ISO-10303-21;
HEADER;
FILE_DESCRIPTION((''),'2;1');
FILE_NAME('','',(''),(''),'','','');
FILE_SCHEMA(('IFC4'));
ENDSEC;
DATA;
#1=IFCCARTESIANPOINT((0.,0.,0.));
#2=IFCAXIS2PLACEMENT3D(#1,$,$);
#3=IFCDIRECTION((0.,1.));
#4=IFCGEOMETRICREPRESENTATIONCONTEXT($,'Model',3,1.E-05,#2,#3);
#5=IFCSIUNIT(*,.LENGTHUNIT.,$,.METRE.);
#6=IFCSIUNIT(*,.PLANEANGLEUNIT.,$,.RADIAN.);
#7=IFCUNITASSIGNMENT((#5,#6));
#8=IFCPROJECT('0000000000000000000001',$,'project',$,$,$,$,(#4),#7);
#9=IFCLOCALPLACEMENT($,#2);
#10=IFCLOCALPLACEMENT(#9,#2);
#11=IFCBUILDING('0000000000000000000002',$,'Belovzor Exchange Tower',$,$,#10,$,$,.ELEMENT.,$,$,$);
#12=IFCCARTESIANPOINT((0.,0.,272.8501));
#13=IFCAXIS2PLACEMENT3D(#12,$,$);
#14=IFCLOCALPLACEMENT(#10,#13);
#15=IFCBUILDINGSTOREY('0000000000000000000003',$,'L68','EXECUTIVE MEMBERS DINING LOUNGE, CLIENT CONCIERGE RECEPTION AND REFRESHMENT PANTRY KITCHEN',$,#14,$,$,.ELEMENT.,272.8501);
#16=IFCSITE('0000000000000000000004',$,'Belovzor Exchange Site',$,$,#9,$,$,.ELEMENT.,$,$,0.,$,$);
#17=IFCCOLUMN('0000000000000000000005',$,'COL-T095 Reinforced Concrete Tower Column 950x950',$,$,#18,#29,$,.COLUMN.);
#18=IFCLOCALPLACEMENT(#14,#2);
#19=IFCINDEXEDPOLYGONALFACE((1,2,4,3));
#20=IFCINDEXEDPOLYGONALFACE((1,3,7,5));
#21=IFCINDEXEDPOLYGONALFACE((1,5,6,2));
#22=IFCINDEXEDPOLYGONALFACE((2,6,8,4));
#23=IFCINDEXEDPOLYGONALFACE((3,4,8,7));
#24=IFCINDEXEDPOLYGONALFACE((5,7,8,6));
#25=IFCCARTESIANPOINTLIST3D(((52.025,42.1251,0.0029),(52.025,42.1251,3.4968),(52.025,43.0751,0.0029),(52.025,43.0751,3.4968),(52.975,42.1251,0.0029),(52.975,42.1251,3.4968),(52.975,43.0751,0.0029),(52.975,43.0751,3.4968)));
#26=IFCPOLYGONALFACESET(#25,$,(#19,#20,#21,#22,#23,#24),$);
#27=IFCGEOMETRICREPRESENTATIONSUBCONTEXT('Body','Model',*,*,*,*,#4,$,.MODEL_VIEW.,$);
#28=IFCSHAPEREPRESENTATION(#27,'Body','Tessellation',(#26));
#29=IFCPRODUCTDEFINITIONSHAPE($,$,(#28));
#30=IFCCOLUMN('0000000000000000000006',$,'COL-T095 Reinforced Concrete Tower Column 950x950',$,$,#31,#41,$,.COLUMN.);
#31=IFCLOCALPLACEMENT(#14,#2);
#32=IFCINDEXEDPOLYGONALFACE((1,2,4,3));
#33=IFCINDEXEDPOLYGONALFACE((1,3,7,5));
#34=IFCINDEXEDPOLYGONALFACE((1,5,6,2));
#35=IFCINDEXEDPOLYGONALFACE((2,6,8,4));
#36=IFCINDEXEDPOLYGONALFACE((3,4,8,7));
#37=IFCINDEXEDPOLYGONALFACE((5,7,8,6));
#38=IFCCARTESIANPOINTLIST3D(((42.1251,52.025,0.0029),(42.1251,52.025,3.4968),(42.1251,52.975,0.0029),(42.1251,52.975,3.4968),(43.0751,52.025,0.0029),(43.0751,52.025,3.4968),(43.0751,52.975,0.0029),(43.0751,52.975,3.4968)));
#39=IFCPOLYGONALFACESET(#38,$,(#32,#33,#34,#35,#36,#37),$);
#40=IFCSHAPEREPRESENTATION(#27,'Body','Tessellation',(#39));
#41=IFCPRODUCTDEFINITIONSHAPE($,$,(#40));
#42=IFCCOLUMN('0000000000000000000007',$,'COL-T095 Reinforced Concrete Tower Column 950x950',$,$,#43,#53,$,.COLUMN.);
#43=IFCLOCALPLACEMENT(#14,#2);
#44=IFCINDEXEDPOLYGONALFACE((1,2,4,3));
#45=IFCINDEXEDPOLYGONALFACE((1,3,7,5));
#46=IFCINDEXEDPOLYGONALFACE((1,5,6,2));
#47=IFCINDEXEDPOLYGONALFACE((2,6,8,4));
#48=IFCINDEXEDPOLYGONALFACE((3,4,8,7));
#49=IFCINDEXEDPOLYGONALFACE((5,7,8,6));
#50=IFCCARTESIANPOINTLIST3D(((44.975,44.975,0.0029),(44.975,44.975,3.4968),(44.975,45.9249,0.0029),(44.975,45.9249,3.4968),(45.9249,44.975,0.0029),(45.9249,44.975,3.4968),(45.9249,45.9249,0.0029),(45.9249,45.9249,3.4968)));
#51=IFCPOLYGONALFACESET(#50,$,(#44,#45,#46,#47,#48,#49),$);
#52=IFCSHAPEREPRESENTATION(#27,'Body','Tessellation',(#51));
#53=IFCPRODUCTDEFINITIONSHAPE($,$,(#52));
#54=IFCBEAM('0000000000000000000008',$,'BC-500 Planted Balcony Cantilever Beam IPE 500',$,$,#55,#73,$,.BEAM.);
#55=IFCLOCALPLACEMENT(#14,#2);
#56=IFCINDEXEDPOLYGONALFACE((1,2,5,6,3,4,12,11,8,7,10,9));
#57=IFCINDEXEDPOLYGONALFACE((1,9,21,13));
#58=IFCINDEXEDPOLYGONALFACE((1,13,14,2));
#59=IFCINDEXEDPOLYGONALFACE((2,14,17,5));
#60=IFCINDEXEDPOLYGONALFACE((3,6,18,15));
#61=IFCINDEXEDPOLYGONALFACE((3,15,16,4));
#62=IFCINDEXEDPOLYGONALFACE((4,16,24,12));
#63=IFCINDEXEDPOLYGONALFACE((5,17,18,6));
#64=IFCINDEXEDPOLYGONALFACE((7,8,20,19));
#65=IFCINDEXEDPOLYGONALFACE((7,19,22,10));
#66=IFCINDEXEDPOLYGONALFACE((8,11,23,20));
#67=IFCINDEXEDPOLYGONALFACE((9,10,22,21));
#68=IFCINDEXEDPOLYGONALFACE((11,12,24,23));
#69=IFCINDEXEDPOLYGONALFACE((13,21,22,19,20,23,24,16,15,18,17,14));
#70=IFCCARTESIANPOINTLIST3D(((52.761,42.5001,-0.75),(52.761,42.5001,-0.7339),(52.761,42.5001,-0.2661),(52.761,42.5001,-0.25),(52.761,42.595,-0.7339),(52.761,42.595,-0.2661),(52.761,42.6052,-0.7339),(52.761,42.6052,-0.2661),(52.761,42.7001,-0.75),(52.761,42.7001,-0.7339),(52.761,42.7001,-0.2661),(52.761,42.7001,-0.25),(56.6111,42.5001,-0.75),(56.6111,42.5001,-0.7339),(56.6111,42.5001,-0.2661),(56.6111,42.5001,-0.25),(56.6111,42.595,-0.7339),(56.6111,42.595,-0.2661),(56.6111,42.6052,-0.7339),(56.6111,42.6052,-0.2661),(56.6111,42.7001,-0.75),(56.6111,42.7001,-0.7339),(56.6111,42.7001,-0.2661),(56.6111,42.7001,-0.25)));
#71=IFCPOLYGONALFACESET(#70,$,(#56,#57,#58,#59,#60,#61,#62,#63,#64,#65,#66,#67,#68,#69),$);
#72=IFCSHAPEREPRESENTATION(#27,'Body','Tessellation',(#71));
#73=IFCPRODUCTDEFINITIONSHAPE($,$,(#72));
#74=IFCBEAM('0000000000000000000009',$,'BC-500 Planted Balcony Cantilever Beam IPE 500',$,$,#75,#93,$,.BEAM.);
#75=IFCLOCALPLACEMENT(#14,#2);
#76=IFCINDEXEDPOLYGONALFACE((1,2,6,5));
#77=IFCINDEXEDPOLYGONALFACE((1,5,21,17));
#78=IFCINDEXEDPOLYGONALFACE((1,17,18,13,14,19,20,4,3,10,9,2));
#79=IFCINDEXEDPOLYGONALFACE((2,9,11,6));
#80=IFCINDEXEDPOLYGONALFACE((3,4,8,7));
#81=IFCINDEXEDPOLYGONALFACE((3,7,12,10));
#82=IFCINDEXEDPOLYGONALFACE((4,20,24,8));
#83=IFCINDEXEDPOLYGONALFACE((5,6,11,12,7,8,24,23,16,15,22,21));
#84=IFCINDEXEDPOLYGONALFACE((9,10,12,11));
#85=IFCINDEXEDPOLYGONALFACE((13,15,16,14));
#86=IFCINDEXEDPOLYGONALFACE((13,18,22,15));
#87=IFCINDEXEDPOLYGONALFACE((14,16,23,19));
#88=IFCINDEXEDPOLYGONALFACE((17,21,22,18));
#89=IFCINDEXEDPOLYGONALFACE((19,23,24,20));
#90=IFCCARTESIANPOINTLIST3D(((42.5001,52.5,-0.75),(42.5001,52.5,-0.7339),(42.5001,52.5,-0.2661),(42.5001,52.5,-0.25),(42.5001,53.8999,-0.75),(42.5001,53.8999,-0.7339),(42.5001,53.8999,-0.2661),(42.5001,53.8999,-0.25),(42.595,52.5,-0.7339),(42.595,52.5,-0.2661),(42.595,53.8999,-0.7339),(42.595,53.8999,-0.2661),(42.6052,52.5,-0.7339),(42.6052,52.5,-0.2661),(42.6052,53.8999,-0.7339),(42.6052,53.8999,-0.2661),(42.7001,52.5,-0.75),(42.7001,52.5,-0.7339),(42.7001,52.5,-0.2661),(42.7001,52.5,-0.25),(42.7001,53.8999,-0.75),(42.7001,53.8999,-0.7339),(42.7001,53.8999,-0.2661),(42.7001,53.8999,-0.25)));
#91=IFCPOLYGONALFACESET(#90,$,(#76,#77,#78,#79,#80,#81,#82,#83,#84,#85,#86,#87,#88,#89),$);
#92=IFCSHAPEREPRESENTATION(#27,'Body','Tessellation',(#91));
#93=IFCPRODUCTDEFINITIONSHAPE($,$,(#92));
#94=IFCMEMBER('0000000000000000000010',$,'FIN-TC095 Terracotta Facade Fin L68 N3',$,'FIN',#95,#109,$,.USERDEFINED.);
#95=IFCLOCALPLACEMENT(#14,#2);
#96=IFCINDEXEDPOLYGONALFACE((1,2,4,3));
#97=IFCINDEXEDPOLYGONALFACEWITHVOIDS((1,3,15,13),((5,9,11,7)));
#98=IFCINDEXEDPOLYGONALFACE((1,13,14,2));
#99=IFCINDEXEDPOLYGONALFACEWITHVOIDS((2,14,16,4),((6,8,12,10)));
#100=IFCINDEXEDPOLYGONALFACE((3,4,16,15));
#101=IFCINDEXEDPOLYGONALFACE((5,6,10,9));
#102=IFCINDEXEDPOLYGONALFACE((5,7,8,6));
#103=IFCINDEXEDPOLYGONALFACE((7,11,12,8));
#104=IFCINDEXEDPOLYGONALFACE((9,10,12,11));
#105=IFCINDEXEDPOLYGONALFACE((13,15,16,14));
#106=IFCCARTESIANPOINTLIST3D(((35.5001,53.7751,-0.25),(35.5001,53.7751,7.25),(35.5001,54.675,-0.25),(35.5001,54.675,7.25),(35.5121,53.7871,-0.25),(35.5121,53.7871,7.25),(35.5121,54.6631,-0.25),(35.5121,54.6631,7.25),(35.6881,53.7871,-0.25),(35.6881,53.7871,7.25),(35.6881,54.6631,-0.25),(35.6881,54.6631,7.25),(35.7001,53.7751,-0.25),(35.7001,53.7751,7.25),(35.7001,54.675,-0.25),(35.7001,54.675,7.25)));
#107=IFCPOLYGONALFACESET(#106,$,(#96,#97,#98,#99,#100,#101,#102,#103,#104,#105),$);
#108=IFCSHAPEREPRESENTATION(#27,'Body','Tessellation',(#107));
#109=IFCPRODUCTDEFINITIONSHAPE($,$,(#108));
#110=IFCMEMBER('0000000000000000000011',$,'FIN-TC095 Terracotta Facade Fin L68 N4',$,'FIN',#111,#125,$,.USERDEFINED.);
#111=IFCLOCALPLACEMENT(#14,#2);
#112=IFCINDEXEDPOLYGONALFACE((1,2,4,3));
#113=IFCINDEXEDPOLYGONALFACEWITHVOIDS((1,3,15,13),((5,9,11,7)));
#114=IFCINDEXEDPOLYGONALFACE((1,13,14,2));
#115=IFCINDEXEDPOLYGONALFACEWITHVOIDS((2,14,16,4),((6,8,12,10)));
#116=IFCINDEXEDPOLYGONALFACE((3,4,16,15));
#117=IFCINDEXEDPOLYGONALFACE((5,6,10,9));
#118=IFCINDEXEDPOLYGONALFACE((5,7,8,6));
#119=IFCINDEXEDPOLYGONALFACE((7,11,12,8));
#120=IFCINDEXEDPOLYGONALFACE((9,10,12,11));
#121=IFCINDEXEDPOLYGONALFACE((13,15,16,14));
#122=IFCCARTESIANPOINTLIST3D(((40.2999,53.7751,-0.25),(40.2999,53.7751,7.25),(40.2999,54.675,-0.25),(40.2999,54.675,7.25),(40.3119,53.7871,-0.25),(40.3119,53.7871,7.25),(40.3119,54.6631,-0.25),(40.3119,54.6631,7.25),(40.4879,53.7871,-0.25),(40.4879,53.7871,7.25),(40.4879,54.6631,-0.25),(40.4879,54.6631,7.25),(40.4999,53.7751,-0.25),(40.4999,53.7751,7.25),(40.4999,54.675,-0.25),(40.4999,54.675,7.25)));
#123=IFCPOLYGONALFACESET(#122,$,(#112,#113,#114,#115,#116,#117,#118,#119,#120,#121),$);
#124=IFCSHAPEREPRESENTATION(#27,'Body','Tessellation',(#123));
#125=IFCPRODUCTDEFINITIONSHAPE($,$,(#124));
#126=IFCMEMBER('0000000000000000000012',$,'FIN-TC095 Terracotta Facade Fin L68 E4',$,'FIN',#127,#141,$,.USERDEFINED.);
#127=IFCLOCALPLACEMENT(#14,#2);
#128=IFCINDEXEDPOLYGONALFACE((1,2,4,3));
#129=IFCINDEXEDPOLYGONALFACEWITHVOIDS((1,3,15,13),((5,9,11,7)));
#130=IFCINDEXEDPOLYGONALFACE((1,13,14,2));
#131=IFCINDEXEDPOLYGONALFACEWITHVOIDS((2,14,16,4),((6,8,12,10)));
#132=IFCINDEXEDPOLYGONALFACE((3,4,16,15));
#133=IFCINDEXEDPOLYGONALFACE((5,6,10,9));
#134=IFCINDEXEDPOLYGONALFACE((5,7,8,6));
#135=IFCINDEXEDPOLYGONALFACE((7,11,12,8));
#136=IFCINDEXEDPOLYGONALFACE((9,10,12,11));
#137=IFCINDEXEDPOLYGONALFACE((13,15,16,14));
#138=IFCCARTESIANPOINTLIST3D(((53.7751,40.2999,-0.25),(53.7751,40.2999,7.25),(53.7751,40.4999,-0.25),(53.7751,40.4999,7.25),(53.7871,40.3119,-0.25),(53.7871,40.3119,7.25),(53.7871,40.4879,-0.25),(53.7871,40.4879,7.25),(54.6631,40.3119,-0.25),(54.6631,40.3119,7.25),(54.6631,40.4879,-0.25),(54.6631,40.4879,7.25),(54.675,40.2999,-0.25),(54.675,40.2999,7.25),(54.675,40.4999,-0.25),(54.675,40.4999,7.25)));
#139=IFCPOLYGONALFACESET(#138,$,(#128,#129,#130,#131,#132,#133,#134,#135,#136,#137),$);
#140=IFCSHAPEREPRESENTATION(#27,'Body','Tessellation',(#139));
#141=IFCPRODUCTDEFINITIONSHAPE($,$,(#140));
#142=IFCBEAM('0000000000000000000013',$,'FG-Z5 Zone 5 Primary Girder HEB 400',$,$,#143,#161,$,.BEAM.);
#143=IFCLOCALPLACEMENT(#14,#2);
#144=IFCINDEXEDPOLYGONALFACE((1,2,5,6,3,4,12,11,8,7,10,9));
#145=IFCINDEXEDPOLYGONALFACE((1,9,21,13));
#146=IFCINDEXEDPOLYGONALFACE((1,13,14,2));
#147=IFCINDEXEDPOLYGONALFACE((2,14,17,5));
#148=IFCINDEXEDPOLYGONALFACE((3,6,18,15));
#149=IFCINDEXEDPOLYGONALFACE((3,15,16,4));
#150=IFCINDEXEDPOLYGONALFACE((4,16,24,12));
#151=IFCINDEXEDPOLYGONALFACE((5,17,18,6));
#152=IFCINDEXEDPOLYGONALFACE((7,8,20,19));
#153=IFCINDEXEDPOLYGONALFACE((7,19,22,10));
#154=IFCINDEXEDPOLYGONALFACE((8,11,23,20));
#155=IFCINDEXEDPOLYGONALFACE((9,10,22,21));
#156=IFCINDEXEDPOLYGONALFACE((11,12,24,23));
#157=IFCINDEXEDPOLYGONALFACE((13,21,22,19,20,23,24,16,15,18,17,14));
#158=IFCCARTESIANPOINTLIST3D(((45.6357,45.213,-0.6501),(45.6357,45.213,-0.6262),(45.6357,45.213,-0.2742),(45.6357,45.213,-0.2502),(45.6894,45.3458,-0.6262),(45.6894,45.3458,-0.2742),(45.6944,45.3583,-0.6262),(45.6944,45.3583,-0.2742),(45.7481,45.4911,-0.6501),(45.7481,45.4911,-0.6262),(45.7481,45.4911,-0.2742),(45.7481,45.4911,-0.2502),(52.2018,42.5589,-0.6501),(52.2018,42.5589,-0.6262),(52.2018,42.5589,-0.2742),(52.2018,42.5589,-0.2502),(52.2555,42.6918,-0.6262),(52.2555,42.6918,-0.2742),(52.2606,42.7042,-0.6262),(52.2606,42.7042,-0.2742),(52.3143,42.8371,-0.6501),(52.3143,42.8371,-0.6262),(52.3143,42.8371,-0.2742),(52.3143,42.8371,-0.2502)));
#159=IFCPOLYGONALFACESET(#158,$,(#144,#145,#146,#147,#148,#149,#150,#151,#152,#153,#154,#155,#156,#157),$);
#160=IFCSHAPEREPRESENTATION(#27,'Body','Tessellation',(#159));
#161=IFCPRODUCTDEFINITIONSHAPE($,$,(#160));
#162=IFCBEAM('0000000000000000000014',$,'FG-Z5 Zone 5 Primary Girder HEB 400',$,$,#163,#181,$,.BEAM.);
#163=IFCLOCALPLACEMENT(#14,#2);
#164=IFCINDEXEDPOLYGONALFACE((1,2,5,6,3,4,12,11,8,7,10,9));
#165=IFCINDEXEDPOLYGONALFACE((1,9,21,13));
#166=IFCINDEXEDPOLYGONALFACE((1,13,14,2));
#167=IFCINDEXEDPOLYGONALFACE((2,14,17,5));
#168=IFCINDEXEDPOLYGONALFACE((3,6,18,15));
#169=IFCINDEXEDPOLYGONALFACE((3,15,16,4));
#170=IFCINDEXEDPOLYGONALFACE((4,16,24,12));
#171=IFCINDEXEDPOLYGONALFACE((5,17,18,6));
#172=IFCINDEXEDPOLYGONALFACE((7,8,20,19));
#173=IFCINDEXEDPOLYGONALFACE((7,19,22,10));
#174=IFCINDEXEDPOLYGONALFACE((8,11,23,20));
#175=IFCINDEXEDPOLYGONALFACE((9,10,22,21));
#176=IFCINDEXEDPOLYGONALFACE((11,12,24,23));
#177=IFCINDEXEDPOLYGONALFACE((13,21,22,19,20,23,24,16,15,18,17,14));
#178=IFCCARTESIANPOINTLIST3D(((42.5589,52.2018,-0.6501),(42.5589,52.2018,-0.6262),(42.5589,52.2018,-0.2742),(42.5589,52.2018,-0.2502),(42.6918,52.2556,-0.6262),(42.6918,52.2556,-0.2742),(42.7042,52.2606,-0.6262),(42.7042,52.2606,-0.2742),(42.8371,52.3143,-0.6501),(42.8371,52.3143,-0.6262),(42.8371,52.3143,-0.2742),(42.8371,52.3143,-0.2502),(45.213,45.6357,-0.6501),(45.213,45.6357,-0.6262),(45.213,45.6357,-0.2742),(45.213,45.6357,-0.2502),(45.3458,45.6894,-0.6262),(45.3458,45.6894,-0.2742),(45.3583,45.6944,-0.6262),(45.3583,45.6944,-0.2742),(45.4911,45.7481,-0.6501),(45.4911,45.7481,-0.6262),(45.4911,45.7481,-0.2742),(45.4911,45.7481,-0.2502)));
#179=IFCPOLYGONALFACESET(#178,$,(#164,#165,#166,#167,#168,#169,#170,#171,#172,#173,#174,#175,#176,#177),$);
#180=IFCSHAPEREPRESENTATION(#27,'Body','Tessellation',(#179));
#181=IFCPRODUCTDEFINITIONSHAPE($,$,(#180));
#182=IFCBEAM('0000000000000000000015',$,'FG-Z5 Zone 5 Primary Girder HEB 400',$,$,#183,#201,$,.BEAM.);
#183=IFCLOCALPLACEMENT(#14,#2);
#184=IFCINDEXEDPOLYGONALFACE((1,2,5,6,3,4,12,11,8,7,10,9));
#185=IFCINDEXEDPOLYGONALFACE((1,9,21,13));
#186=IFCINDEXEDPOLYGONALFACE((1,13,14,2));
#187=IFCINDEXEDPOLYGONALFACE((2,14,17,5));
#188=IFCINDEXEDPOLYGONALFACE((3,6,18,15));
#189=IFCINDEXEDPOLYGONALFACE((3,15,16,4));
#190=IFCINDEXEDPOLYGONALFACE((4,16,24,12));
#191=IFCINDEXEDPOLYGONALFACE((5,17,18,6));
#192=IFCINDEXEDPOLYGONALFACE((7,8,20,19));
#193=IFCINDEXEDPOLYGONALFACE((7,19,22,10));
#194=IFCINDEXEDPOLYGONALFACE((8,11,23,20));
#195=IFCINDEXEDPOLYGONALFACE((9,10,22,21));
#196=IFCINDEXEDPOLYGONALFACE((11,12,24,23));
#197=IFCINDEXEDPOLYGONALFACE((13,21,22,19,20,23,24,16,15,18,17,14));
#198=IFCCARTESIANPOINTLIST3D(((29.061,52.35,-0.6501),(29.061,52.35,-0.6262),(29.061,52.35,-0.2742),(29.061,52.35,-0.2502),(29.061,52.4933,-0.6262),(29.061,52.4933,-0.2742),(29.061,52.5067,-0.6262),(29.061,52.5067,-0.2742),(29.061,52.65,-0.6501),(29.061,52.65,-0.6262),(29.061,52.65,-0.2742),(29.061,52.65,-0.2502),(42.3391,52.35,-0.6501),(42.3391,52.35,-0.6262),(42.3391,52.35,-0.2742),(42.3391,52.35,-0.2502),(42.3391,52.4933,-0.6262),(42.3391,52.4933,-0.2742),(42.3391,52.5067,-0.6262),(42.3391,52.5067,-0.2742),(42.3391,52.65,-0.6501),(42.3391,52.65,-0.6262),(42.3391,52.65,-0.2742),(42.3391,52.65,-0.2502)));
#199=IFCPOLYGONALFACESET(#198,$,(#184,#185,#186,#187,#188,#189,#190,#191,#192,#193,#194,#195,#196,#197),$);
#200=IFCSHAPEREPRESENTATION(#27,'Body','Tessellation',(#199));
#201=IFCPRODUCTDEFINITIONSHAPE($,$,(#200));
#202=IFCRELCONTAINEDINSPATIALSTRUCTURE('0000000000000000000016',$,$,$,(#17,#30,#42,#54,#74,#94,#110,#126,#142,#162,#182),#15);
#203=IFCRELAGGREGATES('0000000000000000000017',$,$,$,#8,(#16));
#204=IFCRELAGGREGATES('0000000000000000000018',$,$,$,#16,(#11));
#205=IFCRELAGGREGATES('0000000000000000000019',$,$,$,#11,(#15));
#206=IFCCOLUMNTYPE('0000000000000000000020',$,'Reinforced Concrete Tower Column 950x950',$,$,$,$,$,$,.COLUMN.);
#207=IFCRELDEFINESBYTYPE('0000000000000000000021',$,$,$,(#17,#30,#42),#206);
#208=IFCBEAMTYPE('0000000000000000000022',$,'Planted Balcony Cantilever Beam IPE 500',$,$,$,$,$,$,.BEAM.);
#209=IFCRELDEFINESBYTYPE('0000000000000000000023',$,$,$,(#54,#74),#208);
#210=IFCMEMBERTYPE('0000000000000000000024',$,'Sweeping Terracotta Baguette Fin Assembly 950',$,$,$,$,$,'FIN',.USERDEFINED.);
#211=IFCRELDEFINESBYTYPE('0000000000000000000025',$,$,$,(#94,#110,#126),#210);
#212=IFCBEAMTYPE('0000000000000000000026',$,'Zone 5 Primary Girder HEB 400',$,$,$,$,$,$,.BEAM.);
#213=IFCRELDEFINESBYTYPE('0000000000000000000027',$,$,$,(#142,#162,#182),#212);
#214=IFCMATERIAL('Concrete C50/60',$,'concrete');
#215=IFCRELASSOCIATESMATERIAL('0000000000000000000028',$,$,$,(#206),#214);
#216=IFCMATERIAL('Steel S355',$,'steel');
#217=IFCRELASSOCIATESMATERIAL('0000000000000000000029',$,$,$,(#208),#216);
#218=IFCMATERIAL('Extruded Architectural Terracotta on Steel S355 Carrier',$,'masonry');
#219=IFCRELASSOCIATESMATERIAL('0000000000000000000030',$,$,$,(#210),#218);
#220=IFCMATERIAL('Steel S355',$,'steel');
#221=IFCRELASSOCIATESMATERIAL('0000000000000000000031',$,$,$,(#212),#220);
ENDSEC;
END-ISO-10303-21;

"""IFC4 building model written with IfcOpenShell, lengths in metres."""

from ifc_helpers import new_model, si_unit, direction, frame, origin, origin_2d, place, context, subcontext, project, spatial, rectangle, hollow_rectangle, i_section, extrude, material, material_profile, profile_set, type_object, element, save


model = new_model("IFC4")

# Units and contexts
model_context = context("Model", 3, precision=1e-05, world=origin(), true_north=direction((0.0, 1.0)))
body_context = subcontext(model_context, "Body", "Model", "MODEL_VIEW")
ifc_project = project(units=[si_unit("LENGTHUNIT", "METRE"), si_unit("PLANEANGLEUNIT", "RADIAN")], contexts=[model_context])

# Site, building, storey
site_placement = place(None, origin())
site = spatial("IfcSite", under=ifc_project, at=site_placement, Name="Belovzor Exchange Site", CompositionType="ELEMENT", RefElevation=0.0)
building_placement = place(site_placement, origin())
building = spatial("IfcBuilding", under=site, at=building_placement, Name="Belovzor Exchange Tower", CompositionType="ELEMENT")
storey_placement = place(building_placement, frame((0.0, 0.0, 272.8501)))
storey = spatial("IfcBuildingStorey", under=building, at=storey_placement, Name="L68", Description="EXECUTIVE MEMBERS DINING LOUNGE, CLIENT CONCIERGE RECEPTION AND REFRESHMENT PANTRY KITCHEN", CompositionType="ELEMENT", Elevation=272.8501)

# Columns
ifc_material_1 = material(Name="Concrete C50/60", Category="concrete")
ifc_material_profile_1 = material_profile(ifc_material_1, rectangle(XDim=0.95, YDim=0.95, at=origin_2d()))
ifc_profile_set_1 = profile_set([ifc_material_profile_1], Name="Concrete C50/60")
column_type = type_object("IfcColumnType", Name="Reinforced Concrete Tower Column 950x950", PredefinedType="COLUMN", material=ifc_profile_set_1)
for number, where, z_axis, x_axis, name in (
    (1, (52.5, 42.6001, 0.0029), (0.0, 0.0, 1.0), (1.0, 0.0, 0.0), "COL-T095 Reinforced Concrete Tower Column 950x950"),
    (2, (42.6001, 52.5, 0.0029), (0.0, 0.0, 1.0), (1.0, 0.0, 0.0), "COL-T095 Reinforced Concrete Tower Column 950x950"),
    (3, (45.45, 45.45, 0.0029), (0.0, 0.0, 1.0), (1.0, 0.0, 0.0), "COL-T095 Reinforced Concrete Tower Column 950x950"),
):
    element("IfcColumn", number, at=place(storey_placement, frame(where, z_axis=z_axis, x_axis=x_axis)), inside=storey, type_object=column_type, Name=name, PredefinedType="COLUMN", context=body_context, shape_type="SweptSolid", body=[
        extrude(rectangle(XDim=0.95, YDim=0.95, at=origin_2d()), origin(), (0.0, 0.0, 1.0), 3.4939),
    ])

# Beams
ifc_material_2 = material(Name="Steel S355", Category="steel")
ifc_material_profile_2 = material_profile(ifc_material_2, i_section(OverallWidth=0.2, OverallDepth=0.5, WebThickness=0.0103, FlangeThickness=0.0161, at=origin_2d()))
ifc_profile_set_2 = profile_set([ifc_material_profile_2], Name="Steel S355")
beam_type_1 = type_object("IfcBeamType", Name="Planted Balcony Cantilever Beam IPE 500", PredefinedType="BEAM", material=ifc_profile_set_2)
beam_1_placement = place(storey_placement, frame((52.761, 42.6001, -0.5), z_axis=(1.0, 0.0, 0.0), x_axis=(0.0, 1.0, 0.0)))
element("IfcBeam", 4, at=beam_1_placement, inside=storey, type_object=beam_type_1, Name="BC-500 Planted Balcony Cantilever Beam IPE 500", PredefinedType="BEAM", context=body_context, shape_type="SweptSolid", body=[
    extrude(i_section(OverallWidth=0.2, OverallDepth=0.5, WebThickness=0.0103, FlangeThickness=0.0161, at=origin_2d()), origin(), (0.0, 0.0, 1.0), 3.8501),
])
beam_2_placement = place(storey_placement, frame((42.6001, 52.5, -0.5), z_axis=(0.0, 1.0, 0.0), x_axis=(-1.0, 0.0, 0.0)))
element("IfcBeam", 5, at=beam_2_placement, inside=storey, type_object=beam_type_1, Name="BC-500 Planted Balcony Cantilever Beam IPE 500", PredefinedType="BEAM", context=body_context, shape_type="SweptSolid", body=[
    extrude(i_section(OverallWidth=0.2, OverallDepth=0.5, WebThickness=0.0103, FlangeThickness=0.0161, at=origin_2d()), origin(), (0.0, 0.0, 1.0), 1.3999),
])

# Members
ifc_material_3 = material(Name="Extruded Architectural Terracotta on Steel S355 Carrier", Category="masonry")
ifc_material_profile_3 = material_profile(ifc_material_3, hollow_rectangle(XDim=0.2, YDim=0.8999, WallThickness=0.012, at=origin_2d()))
ifc_profile_set_3 = profile_set([ifc_material_profile_3], Name="Extruded Architectural Terracotta on Steel S355 Carrier")
member_type = type_object("IfcMemberType", Name="Sweeping Terracotta Baguette Fin Assembly 950", ElementType="FIN", PredefinedType="USERDEFINED", material=ifc_profile_set_3)
for number, where, z_axis, x_axis, name in (
    (6, (35.6001, 54.2251, -0.25), (0.0, 0.0, 1.0), (1.0, 0.0, 0.0), "FIN-TC095 Terracotta Facade Fin L68 N3"),
    (7, (40.3999, 54.2251, -0.25), (0.0, 0.0, 1.0), (1.0, 0.0, 0.0), "FIN-TC095 Terracotta Facade Fin L68 N4"),
    (8, (54.2251, 40.3999, -0.25), (0.0, 0.0, 1.0), (0.0, 1.0, 0.0), "FIN-TC095 Terracotta Facade Fin L68 E4"),
):
    element("IfcMember", number, at=place(storey_placement, frame(where, z_axis=z_axis, x_axis=x_axis)), inside=storey, type_object=member_type, Name=name, ObjectType="FIN", PredefinedType="USERDEFINED", context=body_context, shape_type="SweptSolid", body=[
        extrude(hollow_rectangle(XDim=0.2, YDim=0.8999, WallThickness=0.012, at=origin_2d()), origin(), (0.0, 0.0, 1.0), 7.5),
    ])

# Beams
ifc_material_4 = material(Name="Steel S355", Category="steel")
ifc_material_profile_4 = material_profile(ifc_material_4, i_section(OverallWidth=0.3, OverallDepth=0.3999, WebThickness=0.0134, FlangeThickness=0.0239, at=origin_2d()))
ifc_profile_set_4 = profile_set([ifc_material_profile_4], Name="Steel S355")
beam_type_2 = type_object("IfcBeamType", Name="Zone 5 Primary Girder HEB 400", PredefinedType="BEAM", material=ifc_profile_set_4)
for number, where, z_axis, x_axis, name in (
    (9, (52.2581, 42.698, -0.4502), (-0.927127, 0.374746, 0.0), (-0.374746, -0.927127, 0.0), "FG-Z5 Zone 5 Primary Girder HEB 400"),
    (10, (45.3521, 45.6919, -0.4502), (-0.374746, 0.927127, 0.0), (-0.927127, -0.374746, 0.0), "FG-Z5 Zone 5 Primary Girder HEB 400"),
):
    element("IfcBeam", number, at=place(storey_placement, frame(where, z_axis=z_axis, x_axis=x_axis)), inside=storey, type_object=beam_type_2, Name=name, PredefinedType="BEAM", context=body_context, shape_type="SweptSolid", body=[
        extrude(i_section(OverallWidth=0.3, OverallDepth=0.3999, WebThickness=0.0134, FlangeThickness=0.0239, at=origin_2d()), origin(), (0.0, 0.0, 1.0), 7.0823),
    ])
beam_3_placement = place(storey_placement, frame((42.3391, 52.5, -0.4502), z_axis=(-1.0, 0.0, 0.0), x_axis=(0.0, -1.0, 0.0)))
element("IfcBeam", 11, at=beam_3_placement, inside=storey, type_object=beam_type_2, Name="FG-Z5 Zone 5 Primary Girder HEB 400", PredefinedType="BEAM", context=body_context, shape_type="SweptSolid", body=[
    extrude(i_section(OverallWidth=0.3, OverallDepth=0.3999, WebThickness=0.0134, FlangeThickness=0.0239, at=origin_2d()), origin(), (0.0, 0.0, 1.0), 13.2781),
])

save(model, "model.ifc")
